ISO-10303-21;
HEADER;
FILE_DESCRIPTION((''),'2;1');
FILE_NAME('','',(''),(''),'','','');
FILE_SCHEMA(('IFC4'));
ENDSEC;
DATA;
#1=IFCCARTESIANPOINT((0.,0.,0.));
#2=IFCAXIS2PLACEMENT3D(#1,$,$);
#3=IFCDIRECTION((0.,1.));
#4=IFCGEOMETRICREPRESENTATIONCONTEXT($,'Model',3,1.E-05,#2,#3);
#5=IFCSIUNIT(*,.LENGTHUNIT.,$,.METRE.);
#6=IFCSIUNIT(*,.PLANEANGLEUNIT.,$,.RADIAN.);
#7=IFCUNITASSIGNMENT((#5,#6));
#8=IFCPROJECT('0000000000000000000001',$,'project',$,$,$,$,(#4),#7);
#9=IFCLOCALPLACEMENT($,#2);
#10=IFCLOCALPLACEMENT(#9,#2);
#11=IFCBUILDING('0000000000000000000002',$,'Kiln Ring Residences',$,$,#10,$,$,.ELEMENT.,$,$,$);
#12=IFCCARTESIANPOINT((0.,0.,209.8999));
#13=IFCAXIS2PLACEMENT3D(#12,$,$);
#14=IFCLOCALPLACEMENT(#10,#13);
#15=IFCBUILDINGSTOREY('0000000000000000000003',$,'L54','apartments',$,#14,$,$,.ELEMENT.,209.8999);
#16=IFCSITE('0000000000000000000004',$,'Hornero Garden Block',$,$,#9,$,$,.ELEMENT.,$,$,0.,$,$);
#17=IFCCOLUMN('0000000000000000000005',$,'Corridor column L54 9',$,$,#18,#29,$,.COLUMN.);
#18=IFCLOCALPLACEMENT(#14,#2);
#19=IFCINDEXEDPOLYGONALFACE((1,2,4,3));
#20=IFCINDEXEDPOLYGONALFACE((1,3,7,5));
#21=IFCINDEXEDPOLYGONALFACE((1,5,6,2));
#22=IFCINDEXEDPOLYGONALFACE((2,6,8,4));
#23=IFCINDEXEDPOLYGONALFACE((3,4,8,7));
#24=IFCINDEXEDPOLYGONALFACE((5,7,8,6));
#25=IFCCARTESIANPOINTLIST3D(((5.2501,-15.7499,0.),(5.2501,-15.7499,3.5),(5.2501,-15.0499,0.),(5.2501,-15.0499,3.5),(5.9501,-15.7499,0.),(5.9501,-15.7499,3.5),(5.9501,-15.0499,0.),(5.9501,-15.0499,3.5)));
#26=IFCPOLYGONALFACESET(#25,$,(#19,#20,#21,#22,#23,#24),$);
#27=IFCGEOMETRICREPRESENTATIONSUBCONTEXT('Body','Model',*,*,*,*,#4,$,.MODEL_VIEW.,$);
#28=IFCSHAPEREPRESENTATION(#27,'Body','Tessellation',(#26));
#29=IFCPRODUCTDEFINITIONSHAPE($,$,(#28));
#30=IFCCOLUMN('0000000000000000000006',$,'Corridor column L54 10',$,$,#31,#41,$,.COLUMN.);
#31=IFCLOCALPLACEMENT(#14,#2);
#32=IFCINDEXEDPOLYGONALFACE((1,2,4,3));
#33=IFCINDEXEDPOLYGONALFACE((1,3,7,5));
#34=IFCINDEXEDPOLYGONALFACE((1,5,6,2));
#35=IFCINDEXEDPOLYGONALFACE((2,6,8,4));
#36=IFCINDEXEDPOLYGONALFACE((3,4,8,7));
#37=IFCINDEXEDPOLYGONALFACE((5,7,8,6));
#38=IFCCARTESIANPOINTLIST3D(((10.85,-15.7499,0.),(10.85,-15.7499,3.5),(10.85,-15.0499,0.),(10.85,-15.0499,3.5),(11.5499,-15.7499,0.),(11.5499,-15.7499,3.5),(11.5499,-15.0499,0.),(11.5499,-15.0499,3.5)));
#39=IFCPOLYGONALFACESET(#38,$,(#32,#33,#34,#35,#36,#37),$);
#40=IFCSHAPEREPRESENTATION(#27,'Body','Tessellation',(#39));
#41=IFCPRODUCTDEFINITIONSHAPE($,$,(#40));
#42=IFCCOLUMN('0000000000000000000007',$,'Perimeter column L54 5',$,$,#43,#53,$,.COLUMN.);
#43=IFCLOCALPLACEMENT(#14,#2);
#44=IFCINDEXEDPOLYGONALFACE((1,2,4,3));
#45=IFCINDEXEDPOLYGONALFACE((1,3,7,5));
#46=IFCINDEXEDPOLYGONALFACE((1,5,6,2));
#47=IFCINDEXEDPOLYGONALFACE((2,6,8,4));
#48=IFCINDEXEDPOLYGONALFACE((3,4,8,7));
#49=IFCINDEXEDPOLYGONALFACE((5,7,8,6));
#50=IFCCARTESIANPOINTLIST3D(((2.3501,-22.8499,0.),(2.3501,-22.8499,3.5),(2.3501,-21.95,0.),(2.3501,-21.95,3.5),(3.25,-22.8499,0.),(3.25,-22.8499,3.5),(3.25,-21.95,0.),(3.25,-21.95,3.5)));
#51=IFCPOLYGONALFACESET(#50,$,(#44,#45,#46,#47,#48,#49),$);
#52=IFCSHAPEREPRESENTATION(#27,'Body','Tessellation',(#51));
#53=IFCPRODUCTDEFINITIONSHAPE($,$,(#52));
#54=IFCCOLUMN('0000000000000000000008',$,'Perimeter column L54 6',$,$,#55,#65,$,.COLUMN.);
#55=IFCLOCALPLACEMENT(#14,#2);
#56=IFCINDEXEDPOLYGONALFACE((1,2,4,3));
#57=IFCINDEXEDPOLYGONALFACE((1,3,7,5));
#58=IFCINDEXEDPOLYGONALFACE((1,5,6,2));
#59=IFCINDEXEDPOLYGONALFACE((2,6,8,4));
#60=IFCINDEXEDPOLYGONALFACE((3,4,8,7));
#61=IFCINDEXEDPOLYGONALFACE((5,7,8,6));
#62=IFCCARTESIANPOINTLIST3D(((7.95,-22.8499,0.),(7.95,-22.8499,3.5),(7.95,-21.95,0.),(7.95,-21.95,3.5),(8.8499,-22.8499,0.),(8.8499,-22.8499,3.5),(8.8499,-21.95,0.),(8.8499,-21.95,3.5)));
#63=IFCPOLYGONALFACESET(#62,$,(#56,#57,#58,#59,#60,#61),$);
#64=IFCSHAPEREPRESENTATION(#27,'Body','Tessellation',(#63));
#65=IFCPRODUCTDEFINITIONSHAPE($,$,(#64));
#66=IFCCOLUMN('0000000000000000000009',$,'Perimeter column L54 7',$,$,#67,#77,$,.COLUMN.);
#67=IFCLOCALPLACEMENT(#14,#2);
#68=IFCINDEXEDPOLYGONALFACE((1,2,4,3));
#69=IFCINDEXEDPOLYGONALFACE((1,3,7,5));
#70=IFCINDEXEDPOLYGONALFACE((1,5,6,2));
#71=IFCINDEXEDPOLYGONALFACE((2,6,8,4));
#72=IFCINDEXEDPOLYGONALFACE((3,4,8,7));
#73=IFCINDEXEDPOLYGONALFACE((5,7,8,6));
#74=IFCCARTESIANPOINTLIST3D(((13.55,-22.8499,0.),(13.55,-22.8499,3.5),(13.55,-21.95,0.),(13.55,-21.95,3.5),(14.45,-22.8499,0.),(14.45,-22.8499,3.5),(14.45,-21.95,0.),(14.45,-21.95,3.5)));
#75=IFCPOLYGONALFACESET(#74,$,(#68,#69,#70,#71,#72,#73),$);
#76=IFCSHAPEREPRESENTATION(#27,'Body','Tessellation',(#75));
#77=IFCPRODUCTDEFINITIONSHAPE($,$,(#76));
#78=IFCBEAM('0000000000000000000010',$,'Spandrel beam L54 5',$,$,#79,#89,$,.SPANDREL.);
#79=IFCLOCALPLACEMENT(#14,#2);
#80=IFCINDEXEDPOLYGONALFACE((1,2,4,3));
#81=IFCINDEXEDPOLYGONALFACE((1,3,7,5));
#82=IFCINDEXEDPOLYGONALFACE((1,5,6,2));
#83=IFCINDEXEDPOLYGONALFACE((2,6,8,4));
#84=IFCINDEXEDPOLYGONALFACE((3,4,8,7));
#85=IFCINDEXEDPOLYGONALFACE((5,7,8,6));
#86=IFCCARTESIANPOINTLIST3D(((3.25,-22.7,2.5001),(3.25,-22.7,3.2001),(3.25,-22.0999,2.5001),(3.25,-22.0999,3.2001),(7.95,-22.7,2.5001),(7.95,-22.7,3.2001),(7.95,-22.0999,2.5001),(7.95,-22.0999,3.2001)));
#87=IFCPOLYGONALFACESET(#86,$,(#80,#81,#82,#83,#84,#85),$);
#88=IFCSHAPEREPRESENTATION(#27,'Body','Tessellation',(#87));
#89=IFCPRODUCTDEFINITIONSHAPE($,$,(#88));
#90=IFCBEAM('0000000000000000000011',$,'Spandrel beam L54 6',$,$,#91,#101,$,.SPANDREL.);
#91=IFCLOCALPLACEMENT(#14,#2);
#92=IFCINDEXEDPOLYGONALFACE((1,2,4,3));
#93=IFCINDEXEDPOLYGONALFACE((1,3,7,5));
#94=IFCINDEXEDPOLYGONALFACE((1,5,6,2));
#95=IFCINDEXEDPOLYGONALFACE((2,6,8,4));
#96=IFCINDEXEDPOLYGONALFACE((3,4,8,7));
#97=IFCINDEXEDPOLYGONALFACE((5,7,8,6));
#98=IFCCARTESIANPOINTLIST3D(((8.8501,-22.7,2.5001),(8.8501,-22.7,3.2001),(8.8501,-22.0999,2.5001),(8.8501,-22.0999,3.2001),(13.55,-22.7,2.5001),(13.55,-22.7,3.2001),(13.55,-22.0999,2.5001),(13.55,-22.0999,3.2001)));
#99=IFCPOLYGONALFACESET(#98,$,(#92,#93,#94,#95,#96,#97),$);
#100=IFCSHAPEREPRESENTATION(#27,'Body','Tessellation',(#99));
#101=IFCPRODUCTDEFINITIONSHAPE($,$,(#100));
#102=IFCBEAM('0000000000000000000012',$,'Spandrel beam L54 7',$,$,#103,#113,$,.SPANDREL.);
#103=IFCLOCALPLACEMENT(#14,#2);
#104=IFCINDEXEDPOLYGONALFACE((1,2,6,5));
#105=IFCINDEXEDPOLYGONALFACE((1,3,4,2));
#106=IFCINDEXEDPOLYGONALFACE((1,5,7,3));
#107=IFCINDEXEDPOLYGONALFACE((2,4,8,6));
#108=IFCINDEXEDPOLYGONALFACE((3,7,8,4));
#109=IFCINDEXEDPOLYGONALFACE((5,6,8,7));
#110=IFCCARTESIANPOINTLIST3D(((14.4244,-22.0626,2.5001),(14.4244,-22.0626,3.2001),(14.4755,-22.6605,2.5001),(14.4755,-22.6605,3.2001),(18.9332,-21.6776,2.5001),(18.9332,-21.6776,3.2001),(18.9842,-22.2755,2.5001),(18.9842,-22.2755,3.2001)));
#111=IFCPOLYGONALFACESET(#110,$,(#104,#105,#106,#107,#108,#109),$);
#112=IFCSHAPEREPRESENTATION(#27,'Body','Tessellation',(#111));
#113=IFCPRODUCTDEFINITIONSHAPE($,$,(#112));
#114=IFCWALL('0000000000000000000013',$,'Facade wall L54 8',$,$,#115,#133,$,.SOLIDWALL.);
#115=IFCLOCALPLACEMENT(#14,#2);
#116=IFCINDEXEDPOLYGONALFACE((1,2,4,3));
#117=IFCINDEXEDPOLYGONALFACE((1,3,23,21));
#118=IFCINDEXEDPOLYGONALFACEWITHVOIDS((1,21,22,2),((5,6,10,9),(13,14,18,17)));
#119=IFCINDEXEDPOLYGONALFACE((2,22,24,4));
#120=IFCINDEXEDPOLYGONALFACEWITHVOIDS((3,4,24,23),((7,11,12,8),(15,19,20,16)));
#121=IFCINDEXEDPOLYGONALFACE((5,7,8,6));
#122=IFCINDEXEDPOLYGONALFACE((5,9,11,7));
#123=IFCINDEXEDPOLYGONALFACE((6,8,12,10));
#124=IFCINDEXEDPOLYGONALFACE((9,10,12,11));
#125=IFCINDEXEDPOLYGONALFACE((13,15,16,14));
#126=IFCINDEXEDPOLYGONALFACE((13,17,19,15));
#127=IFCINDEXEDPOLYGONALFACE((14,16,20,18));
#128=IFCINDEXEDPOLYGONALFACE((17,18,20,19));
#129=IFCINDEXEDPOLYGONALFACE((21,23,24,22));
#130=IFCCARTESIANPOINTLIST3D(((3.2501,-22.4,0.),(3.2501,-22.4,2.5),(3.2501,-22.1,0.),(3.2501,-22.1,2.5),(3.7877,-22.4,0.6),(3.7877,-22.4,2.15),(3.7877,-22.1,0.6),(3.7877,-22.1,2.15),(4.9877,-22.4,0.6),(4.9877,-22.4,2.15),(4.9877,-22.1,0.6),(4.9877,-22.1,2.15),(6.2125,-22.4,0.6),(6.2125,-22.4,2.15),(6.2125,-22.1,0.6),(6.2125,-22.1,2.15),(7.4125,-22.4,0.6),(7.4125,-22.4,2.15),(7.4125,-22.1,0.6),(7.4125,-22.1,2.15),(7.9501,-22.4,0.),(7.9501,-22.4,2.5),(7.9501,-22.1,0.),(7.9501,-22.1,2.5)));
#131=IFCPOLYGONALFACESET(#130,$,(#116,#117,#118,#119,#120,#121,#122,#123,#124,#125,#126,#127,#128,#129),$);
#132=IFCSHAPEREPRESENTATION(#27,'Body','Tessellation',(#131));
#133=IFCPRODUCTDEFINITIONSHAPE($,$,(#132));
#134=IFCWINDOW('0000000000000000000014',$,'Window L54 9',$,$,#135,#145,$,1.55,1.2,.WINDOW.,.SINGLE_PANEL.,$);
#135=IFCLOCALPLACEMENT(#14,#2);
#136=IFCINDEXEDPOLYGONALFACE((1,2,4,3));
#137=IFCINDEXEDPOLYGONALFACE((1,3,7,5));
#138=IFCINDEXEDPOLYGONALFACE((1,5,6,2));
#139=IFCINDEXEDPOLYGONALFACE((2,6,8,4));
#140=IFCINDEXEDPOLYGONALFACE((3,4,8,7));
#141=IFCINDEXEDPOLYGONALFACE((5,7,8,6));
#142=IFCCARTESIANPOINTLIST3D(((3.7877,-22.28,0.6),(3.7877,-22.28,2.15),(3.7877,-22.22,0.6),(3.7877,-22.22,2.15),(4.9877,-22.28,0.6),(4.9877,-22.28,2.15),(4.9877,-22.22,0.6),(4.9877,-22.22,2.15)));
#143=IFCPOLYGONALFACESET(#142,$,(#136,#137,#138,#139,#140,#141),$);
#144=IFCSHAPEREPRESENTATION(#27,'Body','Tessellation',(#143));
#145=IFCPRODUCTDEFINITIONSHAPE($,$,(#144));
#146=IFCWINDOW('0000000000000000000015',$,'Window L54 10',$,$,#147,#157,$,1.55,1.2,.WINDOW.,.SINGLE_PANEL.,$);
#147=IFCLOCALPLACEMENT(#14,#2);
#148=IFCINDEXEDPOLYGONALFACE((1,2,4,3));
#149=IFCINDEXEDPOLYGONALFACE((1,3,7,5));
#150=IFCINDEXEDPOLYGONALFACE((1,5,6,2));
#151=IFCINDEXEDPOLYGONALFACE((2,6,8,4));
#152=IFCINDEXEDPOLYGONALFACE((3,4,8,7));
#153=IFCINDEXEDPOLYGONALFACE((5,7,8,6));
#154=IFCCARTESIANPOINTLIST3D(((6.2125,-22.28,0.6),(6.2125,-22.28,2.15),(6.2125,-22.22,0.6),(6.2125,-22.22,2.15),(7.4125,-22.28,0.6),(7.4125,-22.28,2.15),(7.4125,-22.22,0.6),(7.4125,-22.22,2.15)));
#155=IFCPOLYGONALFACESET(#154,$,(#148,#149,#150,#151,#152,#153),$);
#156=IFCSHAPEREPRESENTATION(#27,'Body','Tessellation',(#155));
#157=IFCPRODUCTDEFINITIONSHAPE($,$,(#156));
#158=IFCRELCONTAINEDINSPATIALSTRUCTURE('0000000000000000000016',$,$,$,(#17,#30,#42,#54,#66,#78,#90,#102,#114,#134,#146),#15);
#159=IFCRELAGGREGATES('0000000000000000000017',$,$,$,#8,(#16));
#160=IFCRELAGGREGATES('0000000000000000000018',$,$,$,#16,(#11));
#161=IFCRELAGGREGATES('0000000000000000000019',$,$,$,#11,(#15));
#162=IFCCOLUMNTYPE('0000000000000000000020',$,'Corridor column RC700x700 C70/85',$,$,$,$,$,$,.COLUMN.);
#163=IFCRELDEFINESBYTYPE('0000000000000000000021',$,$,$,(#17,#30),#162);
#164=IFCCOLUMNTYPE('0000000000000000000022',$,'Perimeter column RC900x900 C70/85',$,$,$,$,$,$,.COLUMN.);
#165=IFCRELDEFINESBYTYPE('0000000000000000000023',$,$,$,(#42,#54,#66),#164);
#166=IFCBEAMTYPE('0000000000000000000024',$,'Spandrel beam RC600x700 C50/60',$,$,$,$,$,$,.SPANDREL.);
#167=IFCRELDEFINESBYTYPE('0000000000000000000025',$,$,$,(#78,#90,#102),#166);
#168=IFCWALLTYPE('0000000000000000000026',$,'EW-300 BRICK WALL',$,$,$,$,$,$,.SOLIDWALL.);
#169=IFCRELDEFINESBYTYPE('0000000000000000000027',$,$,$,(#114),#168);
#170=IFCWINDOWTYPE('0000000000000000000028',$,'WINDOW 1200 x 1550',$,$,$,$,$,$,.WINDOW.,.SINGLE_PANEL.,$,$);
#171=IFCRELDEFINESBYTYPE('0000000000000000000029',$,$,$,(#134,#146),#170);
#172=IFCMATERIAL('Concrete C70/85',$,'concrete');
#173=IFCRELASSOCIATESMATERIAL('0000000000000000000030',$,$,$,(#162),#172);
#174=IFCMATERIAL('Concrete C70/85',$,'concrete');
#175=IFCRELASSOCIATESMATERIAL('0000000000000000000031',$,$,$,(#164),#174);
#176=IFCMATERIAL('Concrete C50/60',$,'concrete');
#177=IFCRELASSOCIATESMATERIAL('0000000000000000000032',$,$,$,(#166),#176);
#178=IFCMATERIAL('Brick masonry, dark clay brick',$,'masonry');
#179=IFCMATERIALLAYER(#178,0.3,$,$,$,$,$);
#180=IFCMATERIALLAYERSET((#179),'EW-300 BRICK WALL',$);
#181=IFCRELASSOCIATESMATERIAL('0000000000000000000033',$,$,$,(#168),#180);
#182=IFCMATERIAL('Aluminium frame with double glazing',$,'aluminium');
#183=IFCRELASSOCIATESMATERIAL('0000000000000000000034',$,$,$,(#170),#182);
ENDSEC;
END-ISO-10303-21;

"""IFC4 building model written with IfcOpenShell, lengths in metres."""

from ifc_helpers import new_model, si_unit, direction, frame, frame_2d, origin, origin_2d, place, context, subcontext, project, spatial, rectangle, extrude, material, layer, layer_set, material_profile, profile_set, type_object, element, fill, save


model = new_model("IFC4")

# Units and contexts
model_context = context("Model", 3, precision=1e-05, world=origin(), true_north=direction((0.0, 1.0)))
body_context = subcontext(model_context, "Body", "Model", "MODEL_VIEW")
ifc_project = project(units=[si_unit("LENGTHUNIT", "METRE"), si_unit("PLANEANGLEUNIT", "RADIAN")], contexts=[model_context])

# Site, building, storey
site_placement = place(None, origin())
site = spatial("IfcSite", under=ifc_project, at=site_placement, Name="Hornero Garden Block", CompositionType="ELEMENT", RefElevation=0.0)
building_placement = place(site_placement, origin())
building = spatial("IfcBuilding", under=site, at=building_placement, Name="Kiln Ring Residences", CompositionType="ELEMENT")
storey_placement = place(building_placement, frame((0.0, 0.0, 209.8999)))
storey = spatial("IfcBuildingStorey", under=building, at=storey_placement, Name="L54", Description="apartments", CompositionType="ELEMENT", Elevation=209.8999)

# Columns
ifc_material_1 = material(Name="Concrete C70/85", Category="concrete")
ifc_material_profile_1 = material_profile(ifc_material_1, rectangle(XDim=0.7, YDim=0.7, at=origin_2d()), Name="RC700x700")
ifc_profile_set_1 = profile_set([ifc_material_profile_1], Name="Concrete C70/85")
column_type_1 = type_object("IfcColumnType", Name="Corridor column RC700x700 C70/85", PredefinedType="COLUMN", material=ifc_profile_set_1)
for number, where, z_axis, x_axis, name in (
    (1, (5.6001, -15.3999, 0.0), (0.0, 0.0, 1.0), (1.0, 0.0, 0.0), "Corridor column L54 9"),
    (2, (11.2, -15.3999, 0.0), (0.0, 0.0, 1.0), (1.0, 0.0, 0.0), "Corridor column L54 10"),
):
    element("IfcColumn", number, at=place(storey_placement, frame(where, z_axis=z_axis, x_axis=x_axis)), inside=storey, type_object=column_type_1, Name=name, PredefinedType="COLUMN", context=body_context, shape_type="SweptSolid", body=[
        extrude(rectangle(XDim=0.7, YDim=0.7, at=origin_2d()), origin(), (0.0, 0.0, 1.0), 3.5),
    ])
ifc_material_2 = material(Name="Concrete C70/85", Category="concrete")
ifc_material_profile_2 = material_profile(ifc_material_2, rectangle(XDim=0.8999, YDim=0.8999, at=origin_2d()), Name="RC900x900")
ifc_profile_set_2 = profile_set([ifc_material_profile_2], Name="Concrete C70/85")
column_type_2 = type_object("IfcColumnType", Name="Perimeter column RC900x900 C70/85", PredefinedType="COLUMN", material=ifc_profile_set_2)
for number, where, z_axis, x_axis, name in (
    (3, (2.8, -22.3999, 0.0), (0.0, 0.0, 1.0), (1.0, 0.0, 0.0), "Perimeter column L54 5"),
    (4, (8.3999, -22.3999, 0.0), (0.0, 0.0, 1.0), (1.0, 0.0, 0.0), "Perimeter column L54 6"),
    (5, (14.0, -22.3999, 0.0), (0.0, 0.0, 1.0), (1.0, 0.0, 0.0), "Perimeter column L54 7"),
):
    element("IfcColumn", number, at=place(storey_placement, frame(where, z_axis=z_axis, x_axis=x_axis)), inside=storey, type_object=column_type_2, Name=name, PredefinedType="COLUMN", context=body_context, shape_type="SweptSolid", body=[
        extrude(rectangle(XDim=0.8999, YDim=0.8999, at=origin_2d()), origin(), (0.0, 0.0, 1.0), 3.5),
    ])

# Beams
ifc_material_3 = material(Name="Concrete C50/60", Category="concrete")
ifc_material_profile_3 = material_profile(ifc_material_3, rectangle(XDim=0.6001, YDim=0.7, at=origin_2d()), Name="RC600x700")
ifc_profile_set_3 = profile_set([ifc_material_profile_3], Name="Concrete C50/60")
beam_type = type_object("IfcBeamType", Name="Spandrel beam RC600x700 C50/60", PredefinedType="SPANDREL", material=ifc_profile_set_3)
for number, where, z_axis, x_axis, name in (
    (6, (3.25, -22.3999, 2.8501), (1.0, 0.0, 0.0), (0.0, 1.0, 0.0), "Spandrel beam L54 5"),
    (7, (8.8501, -22.3999, 2.8501), (1.0, 0.0, 0.0), (0.0, 1.0, 0.0), "Spandrel beam L54 6"),
):
    element("IfcBeam", number, at=place(storey_placement, frame(where, z_axis=z_axis, x_axis=x_axis)), inside=storey, type_object=beam_type, Name=name, PredefinedType="SPANDREL", context=body_context, shape_type="SweptSolid", body=[
        extrude(rectangle(XDim=0.6001, YDim=0.7, at=origin_2d()), origin(), (0.0, 0.0, 1.0), 4.7),
    ])
beam_placement = place(storey_placement, frame((14.45, -22.3616, 2.8501), z_axis=(0.996374, 0.085081, 0.0), x_axis=(-0.085081, 0.996374, 0.0)))
element("IfcBeam", 8, at=beam_placement, inside=storey, type_object=beam_type, Name="Spandrel beam L54 7", PredefinedType="SPANDREL", context=body_context, shape_type="SweptSolid", body=[
    extrude(rectangle(XDim=0.6001, YDim=0.7, at=origin_2d()), origin(), (0.0, 0.0, 1.0), 4.5251),
])

# Wall, openings, windows
ifc_material_4 = material(Name="Brick masonry, dark clay brick", Category="masonry")
ifc_layer_1 = layer(ifc_material_4, 0.3)
ifc_layer_set_1 = layer_set([ifc_layer_1], Name="EW-300 BRICK WALL")
wall_type_1 = type_object("IfcWallType", Name="EW-300 BRICK WALL", PredefinedType="SOLIDWALL", material=ifc_layer_set_1)
wall_1_placement = place(storey_placement, frame((3.25, -22.25, 0.0), z_axis=(0.0, 0.0, 1.0), x_axis=(1.0, 0.0, 0.0)))
wall_1 = element("IfcWall", 9, at=wall_1_placement, inside=storey, type_object=wall_type_1, Name="Facade wall L54 8", PredefinedType="SOLIDWALL", context=body_context, shape_type="SweptSolid", body=[
    extrude(rectangle(XDim=4.7, YDim=0.3, at=frame_2d((2.3501, 0.0))), origin(), (0.0, 0.0, 1.0), 2.5),
])
opening_1_placement = place(wall_1_placement, frame((0.5376, 0.0, 0.6001)))
opening_1 = element("IfcOpeningElement", 10, at=opening_1_placement, cuts=wall_1, PredefinedType="OPENING", context=body_context, shape_type="SweptSolid", body=[
    extrude(rectangle(XDim=1.2, YDim=1.55, at=frame_2d((0.6001, 0.7749))), frame((0.0, 0.1599, 0.0), z_axis=(0.0, -1.0, 0.0), x_axis=(1.0, 0.0, 0.0)), (0.0, 0.0, 1.0), 0.3201),
])
opening_2_placement = place(wall_1_placement, frame((2.9624, 0.0, 0.6001)))
opening_2 = element("IfcOpeningElement", 11, at=opening_2_placement, cuts=wall_1, PredefinedType="OPENING", context=body_context, shape_type="SweptSolid", body=[
    extrude(rectangle(XDim=1.2, YDim=1.55, at=frame_2d((0.6001, 0.7749))), frame((0.0, 0.1599, 0.0), z_axis=(0.0, -1.0, 0.0), x_axis=(1.0, 0.0, 0.0)), (0.0, 0.0, 1.0), 0.3201),
])
ifc_material_5 = material(Name="Aluminium frame with double glazing", Category="aluminium")
window_type = type_object("IfcWindowType", Name="WINDOW 1200 x 1550", PartitioningType="SINGLE_PANEL", PredefinedType="WINDOW", material=ifc_material_5)
window_1_placement = place(opening_1_placement, origin())
window_1 = element("IfcWindow", 12, at=window_1_placement, inside=storey, type_object=window_type, Name="Window L54 9", OverallHeight=1.55, OverallWidth=1.2, PartitioningType="SINGLE_PANEL", PredefinedType="WINDOW", context=body_context, shape_type="SweptSolid", body=[
    extrude(rectangle(XDim=1.2, YDim=1.55, at=frame_2d((0.6001, 0.7749))), frame((0.0, 0.03, 0.0), z_axis=(0.0, -1.0, 0.0), x_axis=(1.0, 0.0, 0.0)), (0.0, 0.0, 1.0), 0.0601),
])
fill(opening_1, window_1)
window_2_placement = place(opening_2_placement, origin())
window_2 = element("IfcWindow", 13, at=window_2_placement, inside=storey, type_object=window_type, Name="Window L54 10", OverallHeight=1.55, OverallWidth=1.2, PartitioningType="SINGLE_PANEL", PredefinedType="WINDOW", context=body_context, shape_type="SweptSolid", body=[
    extrude(rectangle(XDim=1.2, YDim=1.55, at=frame_2d((0.6001, 0.7749))), frame((0.0, 0.03, 0.0), z_axis=(0.0, -1.0, 0.0), x_axis=(1.0, 0.0, 0.0)), (0.0, 0.0, 1.0), 0.0601),
])
fill(opening_2, window_2)

save(model, "model.ifc")
